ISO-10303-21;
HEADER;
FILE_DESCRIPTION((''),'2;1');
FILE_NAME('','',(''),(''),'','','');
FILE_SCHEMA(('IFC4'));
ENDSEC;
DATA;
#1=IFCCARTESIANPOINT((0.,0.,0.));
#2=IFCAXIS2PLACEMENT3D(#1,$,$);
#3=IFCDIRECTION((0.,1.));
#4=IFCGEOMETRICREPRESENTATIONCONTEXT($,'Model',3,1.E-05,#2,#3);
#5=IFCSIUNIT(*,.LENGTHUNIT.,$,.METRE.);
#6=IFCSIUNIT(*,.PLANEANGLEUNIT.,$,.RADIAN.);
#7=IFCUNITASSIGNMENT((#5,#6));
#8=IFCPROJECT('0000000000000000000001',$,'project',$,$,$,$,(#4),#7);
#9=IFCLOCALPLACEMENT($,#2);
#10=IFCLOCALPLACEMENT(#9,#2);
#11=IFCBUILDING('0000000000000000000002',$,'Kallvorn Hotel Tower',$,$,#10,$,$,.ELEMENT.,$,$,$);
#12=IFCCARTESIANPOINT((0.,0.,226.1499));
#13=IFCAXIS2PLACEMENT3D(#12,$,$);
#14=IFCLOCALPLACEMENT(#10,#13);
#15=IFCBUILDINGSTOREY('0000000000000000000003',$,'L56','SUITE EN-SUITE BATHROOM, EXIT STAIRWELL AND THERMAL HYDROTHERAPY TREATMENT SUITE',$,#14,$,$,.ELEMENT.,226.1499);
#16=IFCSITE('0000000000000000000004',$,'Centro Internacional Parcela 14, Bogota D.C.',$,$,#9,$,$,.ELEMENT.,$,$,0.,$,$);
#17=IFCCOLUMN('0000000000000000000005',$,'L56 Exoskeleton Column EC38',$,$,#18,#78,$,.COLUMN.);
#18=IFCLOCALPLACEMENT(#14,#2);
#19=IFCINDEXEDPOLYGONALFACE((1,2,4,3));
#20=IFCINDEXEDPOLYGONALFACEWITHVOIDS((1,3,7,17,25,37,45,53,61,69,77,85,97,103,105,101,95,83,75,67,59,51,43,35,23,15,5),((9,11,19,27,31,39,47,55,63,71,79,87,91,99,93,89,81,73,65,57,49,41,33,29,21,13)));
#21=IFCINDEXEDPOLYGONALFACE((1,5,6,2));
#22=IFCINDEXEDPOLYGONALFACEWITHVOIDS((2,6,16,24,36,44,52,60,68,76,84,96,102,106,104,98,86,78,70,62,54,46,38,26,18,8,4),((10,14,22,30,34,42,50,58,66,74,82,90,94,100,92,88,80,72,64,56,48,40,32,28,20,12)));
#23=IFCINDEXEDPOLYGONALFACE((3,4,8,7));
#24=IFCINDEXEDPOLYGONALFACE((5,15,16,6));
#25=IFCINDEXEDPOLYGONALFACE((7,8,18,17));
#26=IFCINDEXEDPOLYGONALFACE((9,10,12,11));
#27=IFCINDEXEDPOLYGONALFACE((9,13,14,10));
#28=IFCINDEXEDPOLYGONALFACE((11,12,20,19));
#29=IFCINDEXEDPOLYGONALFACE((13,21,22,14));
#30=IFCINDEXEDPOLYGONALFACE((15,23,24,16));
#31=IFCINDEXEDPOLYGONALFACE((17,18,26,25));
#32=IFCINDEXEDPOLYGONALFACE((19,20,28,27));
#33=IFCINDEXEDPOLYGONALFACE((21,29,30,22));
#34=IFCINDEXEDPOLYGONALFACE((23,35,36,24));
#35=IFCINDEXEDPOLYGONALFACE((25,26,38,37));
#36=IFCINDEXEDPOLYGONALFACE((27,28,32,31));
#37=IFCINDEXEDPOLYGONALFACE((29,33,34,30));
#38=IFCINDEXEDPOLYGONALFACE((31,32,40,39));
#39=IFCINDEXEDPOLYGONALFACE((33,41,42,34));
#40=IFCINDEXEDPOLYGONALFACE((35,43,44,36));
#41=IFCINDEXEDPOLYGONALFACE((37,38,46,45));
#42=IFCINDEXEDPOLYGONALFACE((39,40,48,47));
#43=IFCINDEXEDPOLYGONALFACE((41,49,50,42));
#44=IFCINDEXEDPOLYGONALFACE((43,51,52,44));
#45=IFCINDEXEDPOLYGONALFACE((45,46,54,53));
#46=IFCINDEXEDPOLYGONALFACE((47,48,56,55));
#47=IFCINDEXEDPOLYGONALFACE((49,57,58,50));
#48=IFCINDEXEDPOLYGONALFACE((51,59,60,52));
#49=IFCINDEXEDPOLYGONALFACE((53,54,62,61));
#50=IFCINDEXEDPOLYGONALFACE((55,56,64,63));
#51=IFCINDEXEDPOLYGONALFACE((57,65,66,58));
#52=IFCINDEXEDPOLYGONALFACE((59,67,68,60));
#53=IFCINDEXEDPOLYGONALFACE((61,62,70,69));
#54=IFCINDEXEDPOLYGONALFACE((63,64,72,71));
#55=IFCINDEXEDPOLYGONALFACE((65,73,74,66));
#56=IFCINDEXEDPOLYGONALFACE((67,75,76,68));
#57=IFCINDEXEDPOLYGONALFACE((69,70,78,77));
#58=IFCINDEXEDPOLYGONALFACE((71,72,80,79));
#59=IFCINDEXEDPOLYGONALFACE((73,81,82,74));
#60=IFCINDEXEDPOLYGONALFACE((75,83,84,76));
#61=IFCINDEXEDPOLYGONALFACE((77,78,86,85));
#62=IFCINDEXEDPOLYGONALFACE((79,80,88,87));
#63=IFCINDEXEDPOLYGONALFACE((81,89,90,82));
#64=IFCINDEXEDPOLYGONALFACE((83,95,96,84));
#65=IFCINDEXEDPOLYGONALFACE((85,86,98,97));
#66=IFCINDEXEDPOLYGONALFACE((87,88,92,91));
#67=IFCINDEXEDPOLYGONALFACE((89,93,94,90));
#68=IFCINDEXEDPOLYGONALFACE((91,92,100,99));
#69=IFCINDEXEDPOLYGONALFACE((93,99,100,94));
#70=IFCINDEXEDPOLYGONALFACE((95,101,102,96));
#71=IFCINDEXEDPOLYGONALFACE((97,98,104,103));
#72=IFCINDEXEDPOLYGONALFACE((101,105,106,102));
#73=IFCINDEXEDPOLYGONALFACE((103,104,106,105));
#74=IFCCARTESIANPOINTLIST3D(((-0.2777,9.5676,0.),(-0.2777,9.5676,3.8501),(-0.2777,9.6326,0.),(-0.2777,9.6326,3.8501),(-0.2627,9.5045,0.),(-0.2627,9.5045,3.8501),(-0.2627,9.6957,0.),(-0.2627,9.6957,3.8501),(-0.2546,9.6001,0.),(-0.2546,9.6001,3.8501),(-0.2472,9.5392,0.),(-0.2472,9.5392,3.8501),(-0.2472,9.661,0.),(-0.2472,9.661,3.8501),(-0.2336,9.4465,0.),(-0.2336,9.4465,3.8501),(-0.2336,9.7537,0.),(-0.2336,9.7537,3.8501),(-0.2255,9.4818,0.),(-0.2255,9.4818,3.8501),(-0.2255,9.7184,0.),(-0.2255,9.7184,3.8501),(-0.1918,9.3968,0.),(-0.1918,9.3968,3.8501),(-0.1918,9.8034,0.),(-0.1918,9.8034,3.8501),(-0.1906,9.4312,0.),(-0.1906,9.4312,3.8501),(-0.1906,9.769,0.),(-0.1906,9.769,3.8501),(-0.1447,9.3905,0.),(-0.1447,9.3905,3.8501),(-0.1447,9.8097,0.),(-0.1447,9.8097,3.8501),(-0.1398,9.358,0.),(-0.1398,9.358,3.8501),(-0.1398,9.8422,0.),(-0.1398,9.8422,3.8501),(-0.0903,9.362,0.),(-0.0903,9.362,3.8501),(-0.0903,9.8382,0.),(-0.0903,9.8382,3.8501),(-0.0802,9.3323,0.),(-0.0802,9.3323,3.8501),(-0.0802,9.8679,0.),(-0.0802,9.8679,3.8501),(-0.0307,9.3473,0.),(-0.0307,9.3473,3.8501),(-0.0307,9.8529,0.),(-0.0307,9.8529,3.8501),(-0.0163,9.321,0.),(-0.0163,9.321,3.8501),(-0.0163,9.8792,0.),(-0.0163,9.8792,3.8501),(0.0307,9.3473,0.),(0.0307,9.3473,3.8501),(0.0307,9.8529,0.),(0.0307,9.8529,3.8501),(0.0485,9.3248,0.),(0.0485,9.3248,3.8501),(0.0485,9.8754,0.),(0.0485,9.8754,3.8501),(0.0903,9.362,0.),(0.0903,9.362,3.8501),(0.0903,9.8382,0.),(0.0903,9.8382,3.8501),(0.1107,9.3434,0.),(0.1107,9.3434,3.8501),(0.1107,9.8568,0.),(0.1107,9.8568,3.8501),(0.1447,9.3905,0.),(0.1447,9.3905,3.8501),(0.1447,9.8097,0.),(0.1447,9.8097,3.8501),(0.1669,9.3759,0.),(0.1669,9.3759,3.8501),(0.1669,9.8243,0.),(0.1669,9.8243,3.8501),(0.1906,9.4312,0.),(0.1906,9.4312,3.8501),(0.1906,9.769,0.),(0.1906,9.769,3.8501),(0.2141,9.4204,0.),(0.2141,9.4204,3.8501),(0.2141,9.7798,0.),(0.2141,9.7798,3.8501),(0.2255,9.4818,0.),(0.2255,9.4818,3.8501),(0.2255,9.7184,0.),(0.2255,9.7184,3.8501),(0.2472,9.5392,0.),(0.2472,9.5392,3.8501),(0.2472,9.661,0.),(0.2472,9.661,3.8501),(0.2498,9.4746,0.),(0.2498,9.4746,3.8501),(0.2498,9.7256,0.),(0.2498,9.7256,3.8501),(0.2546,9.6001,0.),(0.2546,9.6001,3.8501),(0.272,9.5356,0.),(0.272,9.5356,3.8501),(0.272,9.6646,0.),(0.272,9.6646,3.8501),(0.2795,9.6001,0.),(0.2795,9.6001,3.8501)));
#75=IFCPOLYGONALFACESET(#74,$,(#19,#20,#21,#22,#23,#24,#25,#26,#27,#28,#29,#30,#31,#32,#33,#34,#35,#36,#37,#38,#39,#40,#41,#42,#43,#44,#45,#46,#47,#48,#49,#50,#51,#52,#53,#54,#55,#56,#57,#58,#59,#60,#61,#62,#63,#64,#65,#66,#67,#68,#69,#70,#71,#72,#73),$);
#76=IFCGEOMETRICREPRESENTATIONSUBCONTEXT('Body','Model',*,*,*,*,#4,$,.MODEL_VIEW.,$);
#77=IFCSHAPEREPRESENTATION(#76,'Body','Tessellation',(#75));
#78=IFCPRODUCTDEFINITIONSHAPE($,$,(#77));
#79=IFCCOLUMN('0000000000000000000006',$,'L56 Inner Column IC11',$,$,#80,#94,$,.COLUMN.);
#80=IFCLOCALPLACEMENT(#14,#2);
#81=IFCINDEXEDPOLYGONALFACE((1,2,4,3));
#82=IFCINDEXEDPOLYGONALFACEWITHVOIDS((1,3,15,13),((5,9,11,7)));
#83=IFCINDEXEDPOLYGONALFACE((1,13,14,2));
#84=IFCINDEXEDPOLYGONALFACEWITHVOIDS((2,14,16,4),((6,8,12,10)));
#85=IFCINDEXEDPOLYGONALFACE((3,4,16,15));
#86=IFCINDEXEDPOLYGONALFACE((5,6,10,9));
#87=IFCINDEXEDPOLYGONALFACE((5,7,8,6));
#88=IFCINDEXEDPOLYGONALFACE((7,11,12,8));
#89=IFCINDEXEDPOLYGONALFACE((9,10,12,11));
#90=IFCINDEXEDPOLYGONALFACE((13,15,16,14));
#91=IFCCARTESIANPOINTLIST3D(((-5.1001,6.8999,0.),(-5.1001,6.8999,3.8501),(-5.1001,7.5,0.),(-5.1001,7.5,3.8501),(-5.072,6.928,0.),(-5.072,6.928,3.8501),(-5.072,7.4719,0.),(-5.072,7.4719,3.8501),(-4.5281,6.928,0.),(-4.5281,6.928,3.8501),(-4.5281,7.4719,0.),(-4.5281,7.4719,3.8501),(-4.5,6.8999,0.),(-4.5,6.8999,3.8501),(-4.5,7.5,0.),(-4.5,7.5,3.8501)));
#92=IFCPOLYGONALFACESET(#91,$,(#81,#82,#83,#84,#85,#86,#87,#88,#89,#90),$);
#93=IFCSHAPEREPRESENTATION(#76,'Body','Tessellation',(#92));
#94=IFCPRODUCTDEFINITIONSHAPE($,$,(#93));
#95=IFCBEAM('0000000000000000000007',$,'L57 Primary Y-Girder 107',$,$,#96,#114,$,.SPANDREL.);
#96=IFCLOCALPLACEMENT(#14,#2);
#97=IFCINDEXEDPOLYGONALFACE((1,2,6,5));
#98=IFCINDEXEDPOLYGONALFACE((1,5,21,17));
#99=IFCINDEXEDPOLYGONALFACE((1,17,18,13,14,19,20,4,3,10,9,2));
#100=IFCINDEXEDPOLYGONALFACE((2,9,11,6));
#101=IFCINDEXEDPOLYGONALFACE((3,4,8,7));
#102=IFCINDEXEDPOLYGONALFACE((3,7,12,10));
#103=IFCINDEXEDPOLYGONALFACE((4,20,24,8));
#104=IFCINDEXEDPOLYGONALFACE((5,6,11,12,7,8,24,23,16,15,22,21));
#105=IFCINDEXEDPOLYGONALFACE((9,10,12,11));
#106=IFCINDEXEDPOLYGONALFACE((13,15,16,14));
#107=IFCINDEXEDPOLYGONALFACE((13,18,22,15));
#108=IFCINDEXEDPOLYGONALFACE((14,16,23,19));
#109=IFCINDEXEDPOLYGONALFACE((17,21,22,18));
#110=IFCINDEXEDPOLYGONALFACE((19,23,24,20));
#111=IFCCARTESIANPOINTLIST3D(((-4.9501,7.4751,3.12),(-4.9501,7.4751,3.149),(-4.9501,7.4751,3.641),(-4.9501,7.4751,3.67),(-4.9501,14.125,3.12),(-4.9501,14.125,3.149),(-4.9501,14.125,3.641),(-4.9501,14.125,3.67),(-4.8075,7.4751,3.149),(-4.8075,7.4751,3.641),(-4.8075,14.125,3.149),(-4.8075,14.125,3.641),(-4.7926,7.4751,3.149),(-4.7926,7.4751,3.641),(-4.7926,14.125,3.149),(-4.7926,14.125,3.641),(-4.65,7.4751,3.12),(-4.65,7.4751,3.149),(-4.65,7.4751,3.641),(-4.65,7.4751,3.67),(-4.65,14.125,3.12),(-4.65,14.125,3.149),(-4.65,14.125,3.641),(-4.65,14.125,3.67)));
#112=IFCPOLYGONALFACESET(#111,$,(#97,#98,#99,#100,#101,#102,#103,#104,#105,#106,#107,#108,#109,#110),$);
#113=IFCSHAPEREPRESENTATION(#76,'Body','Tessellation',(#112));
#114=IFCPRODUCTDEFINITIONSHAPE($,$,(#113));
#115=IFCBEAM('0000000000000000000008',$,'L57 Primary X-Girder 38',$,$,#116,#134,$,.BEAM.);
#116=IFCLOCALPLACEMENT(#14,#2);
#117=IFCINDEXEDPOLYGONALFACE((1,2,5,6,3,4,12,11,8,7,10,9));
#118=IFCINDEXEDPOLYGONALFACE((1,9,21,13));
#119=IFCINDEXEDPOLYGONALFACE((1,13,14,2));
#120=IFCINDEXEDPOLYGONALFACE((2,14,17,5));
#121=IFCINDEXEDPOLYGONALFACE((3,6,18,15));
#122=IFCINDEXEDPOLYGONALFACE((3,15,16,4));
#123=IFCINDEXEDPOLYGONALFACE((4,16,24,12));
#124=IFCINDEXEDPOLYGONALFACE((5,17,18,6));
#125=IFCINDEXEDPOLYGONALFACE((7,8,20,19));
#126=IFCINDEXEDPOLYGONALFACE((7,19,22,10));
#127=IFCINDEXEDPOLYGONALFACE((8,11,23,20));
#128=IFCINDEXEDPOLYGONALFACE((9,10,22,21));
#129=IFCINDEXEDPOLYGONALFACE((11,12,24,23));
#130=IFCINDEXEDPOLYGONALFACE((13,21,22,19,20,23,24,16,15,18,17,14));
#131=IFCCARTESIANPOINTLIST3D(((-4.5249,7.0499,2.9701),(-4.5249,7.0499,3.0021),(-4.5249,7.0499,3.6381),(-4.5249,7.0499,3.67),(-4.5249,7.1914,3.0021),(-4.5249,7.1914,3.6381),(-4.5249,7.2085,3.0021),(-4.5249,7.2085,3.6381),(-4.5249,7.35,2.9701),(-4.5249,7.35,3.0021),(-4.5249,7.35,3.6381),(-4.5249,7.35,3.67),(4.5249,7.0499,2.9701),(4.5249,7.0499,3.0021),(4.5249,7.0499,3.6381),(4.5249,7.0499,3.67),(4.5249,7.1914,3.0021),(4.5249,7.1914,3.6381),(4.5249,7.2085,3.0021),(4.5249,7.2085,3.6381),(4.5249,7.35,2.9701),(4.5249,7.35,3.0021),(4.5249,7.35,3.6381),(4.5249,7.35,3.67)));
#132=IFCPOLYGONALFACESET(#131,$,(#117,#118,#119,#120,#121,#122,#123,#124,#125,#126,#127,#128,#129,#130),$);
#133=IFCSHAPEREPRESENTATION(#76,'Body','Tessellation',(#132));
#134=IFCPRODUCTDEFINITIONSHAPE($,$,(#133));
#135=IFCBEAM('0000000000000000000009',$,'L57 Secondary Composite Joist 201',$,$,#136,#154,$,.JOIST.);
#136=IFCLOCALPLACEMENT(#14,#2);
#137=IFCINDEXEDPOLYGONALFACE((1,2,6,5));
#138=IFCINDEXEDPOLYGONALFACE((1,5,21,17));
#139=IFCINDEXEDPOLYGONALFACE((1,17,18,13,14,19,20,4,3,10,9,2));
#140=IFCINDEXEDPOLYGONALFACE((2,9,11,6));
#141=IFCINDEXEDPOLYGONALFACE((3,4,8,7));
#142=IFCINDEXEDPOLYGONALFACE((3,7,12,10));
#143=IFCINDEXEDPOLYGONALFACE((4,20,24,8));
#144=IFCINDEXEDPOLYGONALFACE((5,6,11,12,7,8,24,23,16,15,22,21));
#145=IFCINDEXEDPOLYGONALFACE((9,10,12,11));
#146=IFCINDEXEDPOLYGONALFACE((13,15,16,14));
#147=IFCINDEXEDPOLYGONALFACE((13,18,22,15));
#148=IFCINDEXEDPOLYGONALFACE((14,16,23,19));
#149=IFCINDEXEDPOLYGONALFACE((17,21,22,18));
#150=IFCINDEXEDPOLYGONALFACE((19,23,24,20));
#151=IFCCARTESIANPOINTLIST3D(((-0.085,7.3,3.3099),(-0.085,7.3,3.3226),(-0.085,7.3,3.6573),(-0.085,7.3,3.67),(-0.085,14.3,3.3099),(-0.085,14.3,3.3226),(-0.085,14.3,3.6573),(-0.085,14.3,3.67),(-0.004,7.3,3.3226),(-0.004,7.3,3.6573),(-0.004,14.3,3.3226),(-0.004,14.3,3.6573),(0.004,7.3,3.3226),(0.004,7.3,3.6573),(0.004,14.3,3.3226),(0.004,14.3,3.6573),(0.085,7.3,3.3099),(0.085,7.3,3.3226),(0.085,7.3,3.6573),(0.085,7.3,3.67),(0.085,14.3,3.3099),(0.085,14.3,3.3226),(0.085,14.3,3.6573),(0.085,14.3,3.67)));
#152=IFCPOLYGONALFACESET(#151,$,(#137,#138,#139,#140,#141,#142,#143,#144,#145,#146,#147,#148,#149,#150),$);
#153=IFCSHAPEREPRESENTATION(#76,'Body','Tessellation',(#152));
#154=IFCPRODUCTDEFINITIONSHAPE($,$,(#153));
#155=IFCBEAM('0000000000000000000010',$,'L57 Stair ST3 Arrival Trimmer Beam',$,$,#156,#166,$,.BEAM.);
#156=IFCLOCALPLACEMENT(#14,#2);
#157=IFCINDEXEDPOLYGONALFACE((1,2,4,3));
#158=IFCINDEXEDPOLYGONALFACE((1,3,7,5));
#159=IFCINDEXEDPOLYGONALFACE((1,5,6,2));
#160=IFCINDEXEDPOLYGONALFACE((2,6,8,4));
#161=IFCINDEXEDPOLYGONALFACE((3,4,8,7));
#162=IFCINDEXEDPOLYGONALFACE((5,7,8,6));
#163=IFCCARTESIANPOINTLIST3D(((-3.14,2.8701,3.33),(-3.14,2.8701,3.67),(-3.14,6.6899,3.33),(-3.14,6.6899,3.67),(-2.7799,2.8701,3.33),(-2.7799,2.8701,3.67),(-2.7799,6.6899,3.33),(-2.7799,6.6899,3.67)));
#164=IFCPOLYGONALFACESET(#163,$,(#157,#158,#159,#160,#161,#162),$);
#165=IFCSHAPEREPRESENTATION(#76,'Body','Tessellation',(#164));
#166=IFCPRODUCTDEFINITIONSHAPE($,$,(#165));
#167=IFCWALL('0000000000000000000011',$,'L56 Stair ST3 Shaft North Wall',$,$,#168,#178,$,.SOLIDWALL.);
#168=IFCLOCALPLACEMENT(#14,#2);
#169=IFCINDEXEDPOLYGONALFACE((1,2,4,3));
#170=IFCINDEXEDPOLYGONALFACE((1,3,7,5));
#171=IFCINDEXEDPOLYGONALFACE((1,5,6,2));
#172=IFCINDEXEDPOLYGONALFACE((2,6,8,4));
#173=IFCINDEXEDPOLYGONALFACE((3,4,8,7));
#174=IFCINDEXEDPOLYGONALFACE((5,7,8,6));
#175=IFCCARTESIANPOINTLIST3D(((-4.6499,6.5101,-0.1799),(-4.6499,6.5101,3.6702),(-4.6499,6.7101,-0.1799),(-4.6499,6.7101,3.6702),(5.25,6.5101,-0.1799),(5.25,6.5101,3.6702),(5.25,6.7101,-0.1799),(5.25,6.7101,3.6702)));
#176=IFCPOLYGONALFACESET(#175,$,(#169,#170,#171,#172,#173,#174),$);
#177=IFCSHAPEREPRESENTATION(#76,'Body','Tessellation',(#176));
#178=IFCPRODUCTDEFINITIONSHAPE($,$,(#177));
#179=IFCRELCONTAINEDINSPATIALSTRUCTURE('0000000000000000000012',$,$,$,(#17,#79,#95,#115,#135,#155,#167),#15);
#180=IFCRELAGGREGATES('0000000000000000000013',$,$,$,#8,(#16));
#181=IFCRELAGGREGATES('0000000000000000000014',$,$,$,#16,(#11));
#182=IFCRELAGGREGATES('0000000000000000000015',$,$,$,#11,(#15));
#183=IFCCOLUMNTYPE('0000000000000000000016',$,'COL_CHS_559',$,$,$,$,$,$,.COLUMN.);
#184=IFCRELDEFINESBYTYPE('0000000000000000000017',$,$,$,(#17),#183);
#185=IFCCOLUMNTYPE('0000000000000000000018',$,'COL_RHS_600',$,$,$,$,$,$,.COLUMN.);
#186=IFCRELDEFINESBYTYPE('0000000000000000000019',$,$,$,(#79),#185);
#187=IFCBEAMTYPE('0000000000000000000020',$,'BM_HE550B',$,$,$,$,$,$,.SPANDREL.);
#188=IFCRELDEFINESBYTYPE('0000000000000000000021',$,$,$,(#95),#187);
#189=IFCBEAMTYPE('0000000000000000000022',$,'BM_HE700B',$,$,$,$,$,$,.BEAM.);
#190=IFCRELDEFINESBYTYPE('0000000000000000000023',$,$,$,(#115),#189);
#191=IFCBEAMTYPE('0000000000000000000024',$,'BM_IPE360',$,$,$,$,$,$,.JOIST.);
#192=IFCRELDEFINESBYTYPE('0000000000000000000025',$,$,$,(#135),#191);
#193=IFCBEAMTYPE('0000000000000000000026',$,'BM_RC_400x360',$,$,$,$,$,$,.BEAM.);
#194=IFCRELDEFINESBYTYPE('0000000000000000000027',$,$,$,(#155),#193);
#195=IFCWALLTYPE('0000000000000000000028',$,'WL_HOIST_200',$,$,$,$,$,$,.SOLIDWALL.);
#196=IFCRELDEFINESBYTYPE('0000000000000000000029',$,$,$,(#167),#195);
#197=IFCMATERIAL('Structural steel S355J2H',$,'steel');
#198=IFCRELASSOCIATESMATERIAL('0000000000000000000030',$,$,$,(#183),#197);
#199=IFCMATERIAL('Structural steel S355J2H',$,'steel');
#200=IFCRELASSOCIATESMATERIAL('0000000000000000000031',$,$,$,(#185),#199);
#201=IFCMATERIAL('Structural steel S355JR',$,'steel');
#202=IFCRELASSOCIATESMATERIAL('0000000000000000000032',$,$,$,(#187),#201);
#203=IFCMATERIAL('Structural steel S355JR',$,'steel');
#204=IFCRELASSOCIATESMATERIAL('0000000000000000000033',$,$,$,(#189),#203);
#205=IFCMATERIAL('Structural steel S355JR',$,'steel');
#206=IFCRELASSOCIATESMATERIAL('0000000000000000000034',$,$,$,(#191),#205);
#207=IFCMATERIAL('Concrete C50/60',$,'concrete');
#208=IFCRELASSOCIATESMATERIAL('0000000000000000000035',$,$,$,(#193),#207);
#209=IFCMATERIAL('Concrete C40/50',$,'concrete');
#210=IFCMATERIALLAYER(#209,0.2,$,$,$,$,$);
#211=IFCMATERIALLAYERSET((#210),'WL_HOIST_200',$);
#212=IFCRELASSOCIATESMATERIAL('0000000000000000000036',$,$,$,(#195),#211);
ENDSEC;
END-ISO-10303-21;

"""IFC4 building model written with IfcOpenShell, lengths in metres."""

from ifc_helpers import new_model, si_unit, direction, frame, frame_2d, origin, origin_2d, place, context, subcontext, project, spatial, rectangle, hollow_rectangle, hollow_circle, i_section, extrude, material, layer, layer_set, material_profile, profile_set, type_object, element, save


model = new_model("IFC4")

# Units and contexts
model_context = context("Model", 3, precision=1e-05, world=origin(), true_north=direction((0.0, 1.0)))
body_context = subcontext(model_context, "Body", "Model", "MODEL_VIEW")
ifc_project = project(units=[si_unit("LENGTHUNIT", "METRE"), si_unit("PLANEANGLEUNIT", "RADIAN")], contexts=[model_context])

# Site, building, storey
site_placement = place(None, origin())
site = spatial("IfcSite", under=ifc_project, at=site_placement, Name="Centro Internacional Parcela 14, Bogota D.C.", CompositionType="ELEMENT", RefElevation=0.0)
building_placement = place(site_placement, origin())
building = spatial("IfcBuilding", under=site, at=building_placement, Name="Kallvorn Hotel Tower", CompositionType="ELEMENT")
storey_placement = place(building_placement, frame((0.0, 0.0, 226.1499)))
storey = spatial("IfcBuildingStorey", under=building, at=storey_placement, Name="L56", Description="SUITE EN-SUITE BATHROOM, EXIT STAIRWELL AND THERMAL HYDROTHERAPY TREATMENT SUITE", CompositionType="ELEMENT", Elevation=226.1499)

# Columns
ifc_material_1 = material(Name="Structural steel S355J2H", Category="steel")
ifc_material_profile_1 = material_profile(ifc_material_1, hollow_circle(Radius=0.2795, WallThickness=0.0249, at=origin_2d()), Name="CHS 559x25")
ifc_profile_set_1 = profile_set([ifc_material_profile_1], Name="Structural steel S355J2H")
column_type_1 = type_object("IfcColumnType", Name="COL_CHS_559", PredefinedType="COLUMN", material=ifc_profile_set_1)
column_1_placement = place(storey_placement, frame((0.0, 9.6001, 0.0), z_axis=(0.0, 0.0, 1.0), x_axis=(1.0, 0.0, 0.0)))
element("IfcColumn", 1, at=column_1_placement, inside=storey, type_object=column_type_1, Name="L56 Exoskeleton Column EC38", PredefinedType="COLUMN", context=body_context, shape_type="SweptSolid", body=[
    extrude(hollow_circle(Radius=0.2795, WallThickness=0.0249, at=origin_2d()), origin(), (0.0, 0.0, 1.0), 3.8501),
])
ifc_material_2 = material(Name="Structural steel S355J2H", Category="steel")
ifc_material_profile_2 = material_profile(ifc_material_2, hollow_rectangle(XDim=0.6001, YDim=0.6001, WallThickness=0.0281, at=origin_2d()), Name="RHS 600x600x28")
ifc_profile_set_2 = profile_set([ifc_material_profile_2], Name="Structural steel S355J2H")
column_type_2 = type_object("IfcColumnType", Name="COL_RHS_600", PredefinedType="COLUMN", material=ifc_profile_set_2)
column_2_placement = place(storey_placement, frame((-4.8, 7.2, 0.0), z_axis=(0.0, 0.0, 1.0), x_axis=(1.0, 0.0, 0.0)))
element("IfcColumn", 2, at=column_2_placement, inside=storey, type_object=column_type_2, Name="L56 Inner Column IC11", PredefinedType="COLUMN", context=body_context, shape_type="SweptSolid", body=[
    extrude(hollow_rectangle(XDim=0.6001, YDim=0.6001, WallThickness=0.0281, at=origin_2d()), origin(), (0.0, 0.0, 1.0), 3.8501),
])

# Beams
ifc_material_3 = material(Name="Structural steel S355JR", Category="steel")
ifc_material_profile_3 = material_profile(ifc_material_3, i_section(OverallWidth=0.3, OverallDepth=0.55, WebThickness=0.0149, FlangeThickness=0.0291, at=origin_2d()), Name="HE 550 B")
ifc_profile_set_3 = profile_set([ifc_material_profile_3], Name="Structural steel S355JR")
beam_type_1 = type_object("IfcBeamType", Name="BM_HE550B", PredefinedType="SPANDREL", material=ifc_profile_set_3)
beam_1_placement = place(storey_placement, frame((-4.8, 7.4751, 3.395), z_axis=(0.0, 1.0, 0.0), x_axis=(-1.0, 0.0, 0.0)))
element("IfcBeam", 3, at=beam_1_placement, inside=storey, type_object=beam_type_1, Name="L57 Primary Y-Girder 107", PredefinedType="SPANDREL", context=body_context, shape_type="SweptSolid", body=[
    extrude(i_section(OverallWidth=0.3, OverallDepth=0.55, WebThickness=0.0149, FlangeThickness=0.0291, at=origin_2d()), origin(), (0.0, 0.0, 1.0), 6.6499),
])
ifc_material_4 = material(Name="Structural steel S355JR", Category="steel")
ifc_material_profile_4 = material_profile(ifc_material_4, i_section(OverallWidth=0.3, OverallDepth=0.7, WebThickness=0.0171, FlangeThickness=0.032, at=origin_2d()), Name="HE 700 B")
ifc_profile_set_4 = profile_set([ifc_material_profile_4], Name="Structural steel S355JR")
beam_type_2 = type_object("IfcBeamType", Name="BM_HE700B", PredefinedType="BEAM", material=ifc_profile_set_4)
beam_2_placement = place(storey_placement, frame((-4.5249, 7.2, 3.3201), z_axis=(1.0, 0.0, 0.0), x_axis=(0.0, 1.0, 0.0)))
element("IfcBeam", 4, at=beam_2_placement, inside=storey, type_object=beam_type_2, Name="L57 Primary X-Girder 38", PredefinedType="BEAM", context=body_context, shape_type="SweptSolid", body=[
    extrude(i_section(OverallWidth=0.3, OverallDepth=0.7, WebThickness=0.0171, FlangeThickness=0.032, at=origin_2d()), origin(), (0.0, 0.0, 1.0), 9.0498),
])
ifc_material_5 = material(Name="Structural steel S355JR", Category="steel")
ifc_material_profile_5 = material_profile(ifc_material_5, i_section(OverallWidth=0.1699, OverallDepth=0.3601, WebThickness=0.0081, FlangeThickness=0.0127, at=origin_2d()), Name="IPE 360")
ifc_profile_set_5 = profile_set([ifc_material_profile_5], Name="Structural steel S355JR")
beam_type_3 = type_object("IfcBeamType", Name="BM_IPE360", PredefinedType="JOIST", material=ifc_profile_set_5)
beam_3_placement = place(storey_placement, frame((0.0, 7.3, 3.49), z_axis=(0.0, 1.0, 0.0), x_axis=(-1.0, 0.0, 0.0)))
element("IfcBeam", 5, at=beam_3_placement, inside=storey, type_object=beam_type_3, Name="L57 Secondary Composite Joist 201", PredefinedType="JOIST", context=body_context, shape_type="SweptSolid", body=[
    extrude(i_section(OverallWidth=0.1699, OverallDepth=0.3601, WebThickness=0.0081, FlangeThickness=0.0127, at=origin_2d()), origin(), (0.0, 0.0, 1.0), 7.0),
])
ifc_material_6 = material(Name="Concrete C50/60", Category="concrete")
ifc_material_profile_6 = material_profile(ifc_material_6, rectangle(XDim=0.3601, YDim=0.3401, at=origin_2d()), Name="RC 360x340")
ifc_profile_set_6 = profile_set([ifc_material_profile_6], Name="Concrete C50/60")
beam_type_4 = type_object("IfcBeamType", Name="BM_RC_400x360", PredefinedType="BEAM", material=ifc_profile_set_6)
beam_4_placement = place(storey_placement, frame((-2.96, 2.8701, 3.5), z_axis=(0.0, 1.0, 0.0), x_axis=(-1.0, 0.0, 0.0)))
element("IfcBeam", 6, at=beam_4_placement, inside=storey, type_object=beam_type_4, Name="L57 Stair ST3 Arrival Trimmer Beam", PredefinedType="BEAM", context=body_context, shape_type="SweptSolid", body=[
    extrude(rectangle(XDim=0.3601, YDim=0.3401, at=origin_2d()), origin(), (0.0, 0.0, 1.0), 3.8198),
])

# Wall
ifc_material_7 = material(Name="Concrete C40/50", Category="concrete")
ifc_layer_1 = layer(ifc_material_7, 0.2)
ifc_layer_set_1 = layer_set([ifc_layer_1], Name="WL_HOIST_200")
wall_type_1 = type_object("IfcWallType", Name="WL_HOIST_200", PredefinedType="SOLIDWALL", material=ifc_layer_set_1)
wall_1_placement = place(storey_placement, frame((-4.6499, 6.6101, -0.1799), z_axis=(0.0, 0.0, 1.0), x_axis=(1.0, 0.0, 0.0)))
element("IfcWall", 7, at=wall_1_placement, inside=storey, type_object=wall_type_1, Name="L56 Stair ST3 Shaft North Wall", PredefinedType="SOLIDWALL", context=body_context, shape_type="SweptSolid", body=[
    extrude(rectangle(XDim=9.8999, YDim=0.2, at=frame_2d((4.95, 0.0))), origin(), (0.0, 0.0, 1.0), 3.8501),
])

save(model, "model.ifc")
